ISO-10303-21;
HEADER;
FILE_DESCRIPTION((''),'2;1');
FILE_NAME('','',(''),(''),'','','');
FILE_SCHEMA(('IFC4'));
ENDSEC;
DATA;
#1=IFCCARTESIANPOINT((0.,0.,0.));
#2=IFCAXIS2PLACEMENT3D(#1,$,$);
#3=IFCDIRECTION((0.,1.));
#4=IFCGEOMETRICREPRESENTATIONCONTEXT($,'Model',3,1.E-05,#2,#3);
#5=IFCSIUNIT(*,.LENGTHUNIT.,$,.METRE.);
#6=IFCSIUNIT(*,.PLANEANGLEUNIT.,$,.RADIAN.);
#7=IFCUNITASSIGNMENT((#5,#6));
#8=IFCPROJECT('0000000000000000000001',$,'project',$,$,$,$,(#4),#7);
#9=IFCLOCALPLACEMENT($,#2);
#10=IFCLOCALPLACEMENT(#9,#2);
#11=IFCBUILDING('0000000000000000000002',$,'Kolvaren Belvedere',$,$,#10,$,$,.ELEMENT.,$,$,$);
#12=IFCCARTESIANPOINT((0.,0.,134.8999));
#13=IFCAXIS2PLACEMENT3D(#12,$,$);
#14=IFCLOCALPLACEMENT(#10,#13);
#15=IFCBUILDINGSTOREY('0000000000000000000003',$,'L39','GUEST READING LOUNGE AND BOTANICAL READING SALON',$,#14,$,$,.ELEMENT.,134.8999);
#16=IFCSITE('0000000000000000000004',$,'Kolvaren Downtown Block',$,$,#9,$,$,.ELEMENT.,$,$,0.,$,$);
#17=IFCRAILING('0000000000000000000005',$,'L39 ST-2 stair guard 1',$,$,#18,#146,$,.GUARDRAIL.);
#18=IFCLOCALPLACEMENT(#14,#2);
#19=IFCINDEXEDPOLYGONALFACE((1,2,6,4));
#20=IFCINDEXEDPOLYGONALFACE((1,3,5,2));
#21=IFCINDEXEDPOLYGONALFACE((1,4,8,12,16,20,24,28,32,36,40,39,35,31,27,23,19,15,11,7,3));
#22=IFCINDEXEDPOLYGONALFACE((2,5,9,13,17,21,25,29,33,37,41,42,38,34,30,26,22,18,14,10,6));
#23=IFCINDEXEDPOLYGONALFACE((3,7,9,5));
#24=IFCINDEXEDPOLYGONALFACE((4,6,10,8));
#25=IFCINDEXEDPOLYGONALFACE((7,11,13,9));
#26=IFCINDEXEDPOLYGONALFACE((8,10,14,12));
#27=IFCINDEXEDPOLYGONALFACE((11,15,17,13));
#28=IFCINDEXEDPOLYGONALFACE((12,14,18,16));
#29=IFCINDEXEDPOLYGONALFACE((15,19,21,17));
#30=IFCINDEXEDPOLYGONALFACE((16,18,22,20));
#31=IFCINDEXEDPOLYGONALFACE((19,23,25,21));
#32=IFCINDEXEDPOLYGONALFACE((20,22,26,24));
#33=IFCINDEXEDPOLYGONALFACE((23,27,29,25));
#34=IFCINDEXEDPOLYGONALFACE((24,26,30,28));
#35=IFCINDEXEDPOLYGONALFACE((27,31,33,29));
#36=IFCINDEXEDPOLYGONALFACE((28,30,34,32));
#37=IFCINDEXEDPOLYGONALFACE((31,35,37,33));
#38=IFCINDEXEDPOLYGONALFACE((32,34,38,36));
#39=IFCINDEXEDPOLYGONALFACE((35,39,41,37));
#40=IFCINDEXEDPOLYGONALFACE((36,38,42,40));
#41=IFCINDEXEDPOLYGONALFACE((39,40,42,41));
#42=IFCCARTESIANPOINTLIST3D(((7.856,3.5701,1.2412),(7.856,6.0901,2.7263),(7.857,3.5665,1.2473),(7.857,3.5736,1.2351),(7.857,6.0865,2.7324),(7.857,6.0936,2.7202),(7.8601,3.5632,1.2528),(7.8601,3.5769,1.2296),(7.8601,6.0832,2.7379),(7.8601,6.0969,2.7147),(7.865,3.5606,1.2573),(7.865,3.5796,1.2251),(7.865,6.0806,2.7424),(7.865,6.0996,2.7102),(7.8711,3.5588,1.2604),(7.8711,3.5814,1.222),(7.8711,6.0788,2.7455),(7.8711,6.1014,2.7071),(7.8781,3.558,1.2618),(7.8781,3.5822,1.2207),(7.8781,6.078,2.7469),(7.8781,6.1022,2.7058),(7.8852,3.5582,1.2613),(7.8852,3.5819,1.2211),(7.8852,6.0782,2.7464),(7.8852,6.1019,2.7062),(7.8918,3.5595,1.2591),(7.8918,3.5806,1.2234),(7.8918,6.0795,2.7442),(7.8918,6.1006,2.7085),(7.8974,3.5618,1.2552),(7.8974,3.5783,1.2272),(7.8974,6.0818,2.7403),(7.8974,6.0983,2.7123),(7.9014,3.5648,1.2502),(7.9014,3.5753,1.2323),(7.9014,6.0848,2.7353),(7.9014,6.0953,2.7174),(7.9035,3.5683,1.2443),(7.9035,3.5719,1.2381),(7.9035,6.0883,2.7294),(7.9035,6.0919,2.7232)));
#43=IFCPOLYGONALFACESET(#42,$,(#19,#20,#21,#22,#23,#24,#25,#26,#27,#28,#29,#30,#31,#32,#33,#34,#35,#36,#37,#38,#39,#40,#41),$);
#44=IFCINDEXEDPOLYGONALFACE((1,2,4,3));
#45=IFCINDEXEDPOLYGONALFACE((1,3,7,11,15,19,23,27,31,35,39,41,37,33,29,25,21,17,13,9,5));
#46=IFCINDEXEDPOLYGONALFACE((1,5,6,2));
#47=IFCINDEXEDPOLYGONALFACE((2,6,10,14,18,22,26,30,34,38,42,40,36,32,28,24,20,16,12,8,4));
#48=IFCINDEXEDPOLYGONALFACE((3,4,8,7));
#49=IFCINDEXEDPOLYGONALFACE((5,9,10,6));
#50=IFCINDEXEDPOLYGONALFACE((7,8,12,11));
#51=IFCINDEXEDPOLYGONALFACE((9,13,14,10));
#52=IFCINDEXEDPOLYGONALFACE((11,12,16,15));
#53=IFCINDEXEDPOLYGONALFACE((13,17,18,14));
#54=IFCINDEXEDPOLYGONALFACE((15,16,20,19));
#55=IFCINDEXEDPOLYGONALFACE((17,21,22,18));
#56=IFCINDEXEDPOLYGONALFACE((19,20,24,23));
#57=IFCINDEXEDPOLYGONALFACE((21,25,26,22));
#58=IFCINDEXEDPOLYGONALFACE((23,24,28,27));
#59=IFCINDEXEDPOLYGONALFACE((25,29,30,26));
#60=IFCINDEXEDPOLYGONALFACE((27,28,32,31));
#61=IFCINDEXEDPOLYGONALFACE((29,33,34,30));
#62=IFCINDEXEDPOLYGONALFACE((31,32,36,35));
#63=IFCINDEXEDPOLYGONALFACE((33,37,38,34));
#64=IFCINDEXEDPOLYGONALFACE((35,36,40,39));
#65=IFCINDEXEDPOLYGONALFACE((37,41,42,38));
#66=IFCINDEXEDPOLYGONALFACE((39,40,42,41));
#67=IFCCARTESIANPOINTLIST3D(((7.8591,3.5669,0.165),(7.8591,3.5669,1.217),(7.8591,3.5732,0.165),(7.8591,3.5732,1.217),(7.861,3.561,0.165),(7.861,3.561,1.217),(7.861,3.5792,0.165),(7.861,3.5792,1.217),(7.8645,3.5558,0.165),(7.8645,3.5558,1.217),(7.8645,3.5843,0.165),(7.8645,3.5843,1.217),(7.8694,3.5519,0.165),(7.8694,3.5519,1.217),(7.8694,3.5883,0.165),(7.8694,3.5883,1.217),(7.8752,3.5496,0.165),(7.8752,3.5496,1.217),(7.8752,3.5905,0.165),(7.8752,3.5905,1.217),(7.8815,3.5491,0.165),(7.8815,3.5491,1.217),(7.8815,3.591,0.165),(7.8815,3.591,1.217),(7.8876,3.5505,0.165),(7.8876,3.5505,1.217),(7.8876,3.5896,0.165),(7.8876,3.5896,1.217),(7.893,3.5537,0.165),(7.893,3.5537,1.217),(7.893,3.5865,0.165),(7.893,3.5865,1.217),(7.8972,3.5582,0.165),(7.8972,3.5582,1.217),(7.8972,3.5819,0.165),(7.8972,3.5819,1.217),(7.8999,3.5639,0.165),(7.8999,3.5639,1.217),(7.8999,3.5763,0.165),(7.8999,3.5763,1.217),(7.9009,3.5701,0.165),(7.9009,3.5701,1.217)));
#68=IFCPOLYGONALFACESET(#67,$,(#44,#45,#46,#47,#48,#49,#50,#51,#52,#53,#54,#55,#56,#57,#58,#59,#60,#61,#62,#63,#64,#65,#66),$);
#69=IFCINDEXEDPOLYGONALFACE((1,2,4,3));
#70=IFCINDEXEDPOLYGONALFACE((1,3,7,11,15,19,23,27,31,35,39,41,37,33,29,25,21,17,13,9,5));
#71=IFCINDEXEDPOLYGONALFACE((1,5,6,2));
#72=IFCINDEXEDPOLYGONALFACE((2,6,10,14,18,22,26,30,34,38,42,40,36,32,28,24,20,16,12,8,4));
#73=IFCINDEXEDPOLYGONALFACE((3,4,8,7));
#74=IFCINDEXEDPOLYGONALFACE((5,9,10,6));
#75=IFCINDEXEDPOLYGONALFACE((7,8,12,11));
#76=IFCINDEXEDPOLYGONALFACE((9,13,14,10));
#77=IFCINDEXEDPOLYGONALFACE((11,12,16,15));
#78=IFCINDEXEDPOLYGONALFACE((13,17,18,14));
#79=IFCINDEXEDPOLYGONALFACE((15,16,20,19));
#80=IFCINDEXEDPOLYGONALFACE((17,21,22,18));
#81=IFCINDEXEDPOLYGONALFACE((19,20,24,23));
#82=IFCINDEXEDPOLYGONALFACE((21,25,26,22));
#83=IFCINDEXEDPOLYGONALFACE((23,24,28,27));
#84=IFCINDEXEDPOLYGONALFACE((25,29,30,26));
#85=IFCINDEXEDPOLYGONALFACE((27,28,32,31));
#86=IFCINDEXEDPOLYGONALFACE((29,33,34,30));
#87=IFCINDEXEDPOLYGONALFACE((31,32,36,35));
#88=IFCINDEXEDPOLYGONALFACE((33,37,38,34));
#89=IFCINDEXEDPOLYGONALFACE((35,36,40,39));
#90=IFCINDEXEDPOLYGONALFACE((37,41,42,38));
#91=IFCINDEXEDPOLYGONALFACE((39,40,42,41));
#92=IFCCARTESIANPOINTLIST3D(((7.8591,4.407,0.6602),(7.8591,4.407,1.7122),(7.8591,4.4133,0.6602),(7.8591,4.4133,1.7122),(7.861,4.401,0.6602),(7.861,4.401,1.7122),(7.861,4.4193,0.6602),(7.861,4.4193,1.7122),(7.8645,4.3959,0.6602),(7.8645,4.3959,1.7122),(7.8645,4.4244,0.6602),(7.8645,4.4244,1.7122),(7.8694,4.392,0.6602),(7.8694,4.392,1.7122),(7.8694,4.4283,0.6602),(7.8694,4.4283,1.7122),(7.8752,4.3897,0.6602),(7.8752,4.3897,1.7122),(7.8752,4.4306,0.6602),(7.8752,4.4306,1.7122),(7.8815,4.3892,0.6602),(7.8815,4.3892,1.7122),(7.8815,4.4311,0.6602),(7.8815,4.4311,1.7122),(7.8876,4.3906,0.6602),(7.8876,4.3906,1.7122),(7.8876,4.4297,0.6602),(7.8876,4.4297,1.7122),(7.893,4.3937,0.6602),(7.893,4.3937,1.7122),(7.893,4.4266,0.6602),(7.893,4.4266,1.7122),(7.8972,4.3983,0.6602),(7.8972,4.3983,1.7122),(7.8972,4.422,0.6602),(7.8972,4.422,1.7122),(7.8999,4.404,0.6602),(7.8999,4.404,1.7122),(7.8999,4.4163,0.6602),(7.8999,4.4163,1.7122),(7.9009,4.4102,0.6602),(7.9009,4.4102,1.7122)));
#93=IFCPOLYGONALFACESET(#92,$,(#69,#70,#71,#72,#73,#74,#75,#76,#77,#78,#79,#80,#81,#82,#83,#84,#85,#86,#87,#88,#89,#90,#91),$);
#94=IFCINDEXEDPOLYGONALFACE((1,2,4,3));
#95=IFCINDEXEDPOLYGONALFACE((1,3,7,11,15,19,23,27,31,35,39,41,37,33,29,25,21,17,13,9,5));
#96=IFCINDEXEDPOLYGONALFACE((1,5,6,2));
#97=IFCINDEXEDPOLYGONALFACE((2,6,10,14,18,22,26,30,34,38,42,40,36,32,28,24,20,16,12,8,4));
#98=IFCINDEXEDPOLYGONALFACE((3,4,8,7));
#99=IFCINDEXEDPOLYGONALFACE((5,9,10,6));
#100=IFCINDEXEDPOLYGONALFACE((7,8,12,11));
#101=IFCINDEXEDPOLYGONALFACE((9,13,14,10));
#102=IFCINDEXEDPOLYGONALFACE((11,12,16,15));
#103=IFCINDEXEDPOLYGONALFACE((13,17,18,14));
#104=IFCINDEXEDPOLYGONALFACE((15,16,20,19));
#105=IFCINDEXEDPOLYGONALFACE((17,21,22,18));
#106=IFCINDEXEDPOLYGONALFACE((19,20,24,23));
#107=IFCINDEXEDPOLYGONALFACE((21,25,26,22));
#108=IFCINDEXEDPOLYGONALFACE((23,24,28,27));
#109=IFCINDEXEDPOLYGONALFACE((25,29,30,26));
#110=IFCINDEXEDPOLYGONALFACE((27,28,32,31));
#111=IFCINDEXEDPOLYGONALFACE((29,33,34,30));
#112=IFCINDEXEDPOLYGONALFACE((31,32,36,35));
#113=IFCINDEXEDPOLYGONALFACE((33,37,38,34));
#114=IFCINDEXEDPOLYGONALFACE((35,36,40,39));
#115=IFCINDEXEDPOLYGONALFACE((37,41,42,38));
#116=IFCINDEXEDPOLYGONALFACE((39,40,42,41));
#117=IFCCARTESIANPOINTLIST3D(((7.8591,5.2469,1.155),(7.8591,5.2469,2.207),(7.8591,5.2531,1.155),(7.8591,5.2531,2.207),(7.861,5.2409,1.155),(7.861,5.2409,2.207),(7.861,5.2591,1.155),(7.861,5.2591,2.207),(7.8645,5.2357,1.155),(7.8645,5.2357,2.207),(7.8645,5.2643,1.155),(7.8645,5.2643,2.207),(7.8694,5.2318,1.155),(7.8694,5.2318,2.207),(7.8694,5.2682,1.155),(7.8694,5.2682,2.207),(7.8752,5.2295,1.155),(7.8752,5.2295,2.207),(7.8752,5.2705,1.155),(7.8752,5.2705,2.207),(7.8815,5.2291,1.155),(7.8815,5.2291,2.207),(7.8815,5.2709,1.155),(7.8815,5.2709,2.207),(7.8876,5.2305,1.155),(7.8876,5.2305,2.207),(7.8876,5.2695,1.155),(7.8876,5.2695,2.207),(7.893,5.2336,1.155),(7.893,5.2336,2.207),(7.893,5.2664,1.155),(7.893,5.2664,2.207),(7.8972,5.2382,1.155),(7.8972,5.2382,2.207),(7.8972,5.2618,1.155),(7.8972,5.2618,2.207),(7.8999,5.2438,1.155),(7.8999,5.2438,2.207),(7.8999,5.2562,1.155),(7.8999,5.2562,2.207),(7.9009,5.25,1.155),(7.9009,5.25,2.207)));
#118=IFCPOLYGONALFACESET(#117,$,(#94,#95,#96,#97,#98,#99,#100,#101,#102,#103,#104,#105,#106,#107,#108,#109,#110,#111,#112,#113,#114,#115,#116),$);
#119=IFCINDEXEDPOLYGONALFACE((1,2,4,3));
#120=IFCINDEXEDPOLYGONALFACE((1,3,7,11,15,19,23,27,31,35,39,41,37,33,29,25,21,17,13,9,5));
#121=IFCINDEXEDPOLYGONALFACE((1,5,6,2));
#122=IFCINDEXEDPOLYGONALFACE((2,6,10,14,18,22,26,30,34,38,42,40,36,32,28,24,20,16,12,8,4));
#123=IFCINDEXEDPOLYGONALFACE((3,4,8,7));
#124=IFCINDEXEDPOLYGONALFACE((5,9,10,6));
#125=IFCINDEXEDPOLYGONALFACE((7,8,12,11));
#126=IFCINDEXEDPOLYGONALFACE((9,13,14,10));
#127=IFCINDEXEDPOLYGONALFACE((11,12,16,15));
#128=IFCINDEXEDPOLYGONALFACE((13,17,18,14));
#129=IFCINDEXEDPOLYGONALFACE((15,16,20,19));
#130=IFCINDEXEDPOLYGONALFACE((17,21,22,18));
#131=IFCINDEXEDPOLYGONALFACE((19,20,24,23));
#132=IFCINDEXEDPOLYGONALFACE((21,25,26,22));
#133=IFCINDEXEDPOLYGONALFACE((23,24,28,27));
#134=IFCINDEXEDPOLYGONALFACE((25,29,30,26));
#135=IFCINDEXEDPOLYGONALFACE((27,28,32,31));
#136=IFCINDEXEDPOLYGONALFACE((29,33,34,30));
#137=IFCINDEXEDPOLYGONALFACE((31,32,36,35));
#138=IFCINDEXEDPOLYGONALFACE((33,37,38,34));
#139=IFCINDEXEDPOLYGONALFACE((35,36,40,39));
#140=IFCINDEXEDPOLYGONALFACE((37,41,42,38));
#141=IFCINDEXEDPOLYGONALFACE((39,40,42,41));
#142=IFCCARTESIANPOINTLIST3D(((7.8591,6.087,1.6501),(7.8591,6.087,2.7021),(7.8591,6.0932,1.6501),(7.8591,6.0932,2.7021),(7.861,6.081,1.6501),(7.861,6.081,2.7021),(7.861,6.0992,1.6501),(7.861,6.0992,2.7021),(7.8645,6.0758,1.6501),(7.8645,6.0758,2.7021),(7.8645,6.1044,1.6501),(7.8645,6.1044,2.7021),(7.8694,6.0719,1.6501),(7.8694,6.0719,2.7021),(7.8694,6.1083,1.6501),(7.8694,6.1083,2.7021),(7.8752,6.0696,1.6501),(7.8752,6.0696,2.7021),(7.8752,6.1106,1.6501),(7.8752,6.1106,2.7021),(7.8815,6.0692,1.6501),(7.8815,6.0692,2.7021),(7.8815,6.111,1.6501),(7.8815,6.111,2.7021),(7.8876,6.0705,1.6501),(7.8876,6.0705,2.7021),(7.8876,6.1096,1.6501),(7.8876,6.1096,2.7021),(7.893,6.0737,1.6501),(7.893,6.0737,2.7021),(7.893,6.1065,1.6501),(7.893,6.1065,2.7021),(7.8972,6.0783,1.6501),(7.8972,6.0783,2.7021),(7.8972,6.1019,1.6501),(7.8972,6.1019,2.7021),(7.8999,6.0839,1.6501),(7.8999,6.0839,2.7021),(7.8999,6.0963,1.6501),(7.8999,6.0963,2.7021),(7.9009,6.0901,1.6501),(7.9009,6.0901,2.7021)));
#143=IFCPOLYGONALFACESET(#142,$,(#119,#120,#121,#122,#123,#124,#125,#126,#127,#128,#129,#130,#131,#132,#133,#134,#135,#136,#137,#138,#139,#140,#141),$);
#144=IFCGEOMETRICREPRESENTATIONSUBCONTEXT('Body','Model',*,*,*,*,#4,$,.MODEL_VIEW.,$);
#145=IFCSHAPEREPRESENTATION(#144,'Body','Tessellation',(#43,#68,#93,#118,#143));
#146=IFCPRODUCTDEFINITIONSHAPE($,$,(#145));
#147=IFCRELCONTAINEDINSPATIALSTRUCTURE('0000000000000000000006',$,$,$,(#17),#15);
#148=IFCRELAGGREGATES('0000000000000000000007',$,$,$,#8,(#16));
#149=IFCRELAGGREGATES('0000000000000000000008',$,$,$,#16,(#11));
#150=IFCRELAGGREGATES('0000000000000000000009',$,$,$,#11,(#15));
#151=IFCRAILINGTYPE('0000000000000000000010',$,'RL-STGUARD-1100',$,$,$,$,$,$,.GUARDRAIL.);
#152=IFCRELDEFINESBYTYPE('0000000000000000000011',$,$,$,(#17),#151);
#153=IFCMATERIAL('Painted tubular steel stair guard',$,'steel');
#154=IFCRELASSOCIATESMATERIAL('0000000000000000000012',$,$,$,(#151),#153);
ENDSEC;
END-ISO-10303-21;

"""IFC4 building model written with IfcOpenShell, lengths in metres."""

from ifc_helpers import new_model, si_unit, direction, frame, origin, origin_2d, place, context, subcontext, project, spatial, circle, extrude, material, type_object, element, save


model = new_model("IFC4")

# Units and contexts
model_context = context("Model", 3, precision=1e-05, world=origin(), true_north=direction((0.0, 1.0)))
body_context = subcontext(model_context, "Body", "Model", "MODEL_VIEW")
ifc_project = project(units=[si_unit("LENGTHUNIT", "METRE"), si_unit("PLANEANGLEUNIT", "RADIAN")], contexts=[model_context])

# Site, building, storey
site_placement = place(None, origin())
site = spatial("IfcSite", under=ifc_project, at=site_placement, Name="Kolvaren Downtown Block", CompositionType="ELEMENT", RefElevation=0.0)
building_placement = place(site_placement, origin())
building = spatial("IfcBuilding", under=site, at=building_placement, Name="Kolvaren Belvedere", CompositionType="ELEMENT")
storey_placement = place(building_placement, frame((0.0, 0.0, 134.8999)))
storey = spatial("IfcBuildingStorey", under=building, at=storey_placement, Name="L39", Description="GUEST READING LOUNGE AND BOTANICAL READING SALON", CompositionType="ELEMENT", Elevation=134.8999)

# Railing
ifc_material_1 = material(Name="Painted tubular steel stair guard", Category="steel")
railing_type_1 = type_object("IfcRailingType", Name="RL-STGUARD-1100", PredefinedType="GUARDRAIL", material=ifc_material_1)
railing_1_placement = place(storey_placement, frame((7.8799, 3.5701, 0.165)))
element("IfcRailing", 1, at=railing_1_placement, inside=storey, type_object=railing_type_1, Name="L39 ST-2 stair guard 1", PredefinedType="GUARDRAIL", context=body_context, shape_type="SweptSolid", body=[
    extrude(circle(Radius=0.0239, at=origin_2d()), frame((0.0, 0.0, 1.0762), z_axis=(0.0, 0.861524, 0.507717), x_axis=(-1.0, 0.0, 0.0)), (0.0, 0.0, 1.0), 2.925),
    extrude(circle(Radius=0.021, at=origin_2d()), origin(), (0.0, 0.0, 1.0), 1.052),
    extrude(circle(Radius=0.021, at=origin_2d()), frame((0.0, 0.8401, 0.4951)), (0.0, 0.0, 1.0), 1.052),
    extrude(circle(Radius=0.021, at=origin_2d()), frame((0.0, 1.6799, 0.99)), (0.0, 0.0, 1.0), 1.052),
    extrude(circle(Radius=0.021, at=origin_2d()), frame((0.0, 2.52, 1.4851)), (0.0, 0.0, 1.0), 1.052),
])

save(model, "model.ifc")
